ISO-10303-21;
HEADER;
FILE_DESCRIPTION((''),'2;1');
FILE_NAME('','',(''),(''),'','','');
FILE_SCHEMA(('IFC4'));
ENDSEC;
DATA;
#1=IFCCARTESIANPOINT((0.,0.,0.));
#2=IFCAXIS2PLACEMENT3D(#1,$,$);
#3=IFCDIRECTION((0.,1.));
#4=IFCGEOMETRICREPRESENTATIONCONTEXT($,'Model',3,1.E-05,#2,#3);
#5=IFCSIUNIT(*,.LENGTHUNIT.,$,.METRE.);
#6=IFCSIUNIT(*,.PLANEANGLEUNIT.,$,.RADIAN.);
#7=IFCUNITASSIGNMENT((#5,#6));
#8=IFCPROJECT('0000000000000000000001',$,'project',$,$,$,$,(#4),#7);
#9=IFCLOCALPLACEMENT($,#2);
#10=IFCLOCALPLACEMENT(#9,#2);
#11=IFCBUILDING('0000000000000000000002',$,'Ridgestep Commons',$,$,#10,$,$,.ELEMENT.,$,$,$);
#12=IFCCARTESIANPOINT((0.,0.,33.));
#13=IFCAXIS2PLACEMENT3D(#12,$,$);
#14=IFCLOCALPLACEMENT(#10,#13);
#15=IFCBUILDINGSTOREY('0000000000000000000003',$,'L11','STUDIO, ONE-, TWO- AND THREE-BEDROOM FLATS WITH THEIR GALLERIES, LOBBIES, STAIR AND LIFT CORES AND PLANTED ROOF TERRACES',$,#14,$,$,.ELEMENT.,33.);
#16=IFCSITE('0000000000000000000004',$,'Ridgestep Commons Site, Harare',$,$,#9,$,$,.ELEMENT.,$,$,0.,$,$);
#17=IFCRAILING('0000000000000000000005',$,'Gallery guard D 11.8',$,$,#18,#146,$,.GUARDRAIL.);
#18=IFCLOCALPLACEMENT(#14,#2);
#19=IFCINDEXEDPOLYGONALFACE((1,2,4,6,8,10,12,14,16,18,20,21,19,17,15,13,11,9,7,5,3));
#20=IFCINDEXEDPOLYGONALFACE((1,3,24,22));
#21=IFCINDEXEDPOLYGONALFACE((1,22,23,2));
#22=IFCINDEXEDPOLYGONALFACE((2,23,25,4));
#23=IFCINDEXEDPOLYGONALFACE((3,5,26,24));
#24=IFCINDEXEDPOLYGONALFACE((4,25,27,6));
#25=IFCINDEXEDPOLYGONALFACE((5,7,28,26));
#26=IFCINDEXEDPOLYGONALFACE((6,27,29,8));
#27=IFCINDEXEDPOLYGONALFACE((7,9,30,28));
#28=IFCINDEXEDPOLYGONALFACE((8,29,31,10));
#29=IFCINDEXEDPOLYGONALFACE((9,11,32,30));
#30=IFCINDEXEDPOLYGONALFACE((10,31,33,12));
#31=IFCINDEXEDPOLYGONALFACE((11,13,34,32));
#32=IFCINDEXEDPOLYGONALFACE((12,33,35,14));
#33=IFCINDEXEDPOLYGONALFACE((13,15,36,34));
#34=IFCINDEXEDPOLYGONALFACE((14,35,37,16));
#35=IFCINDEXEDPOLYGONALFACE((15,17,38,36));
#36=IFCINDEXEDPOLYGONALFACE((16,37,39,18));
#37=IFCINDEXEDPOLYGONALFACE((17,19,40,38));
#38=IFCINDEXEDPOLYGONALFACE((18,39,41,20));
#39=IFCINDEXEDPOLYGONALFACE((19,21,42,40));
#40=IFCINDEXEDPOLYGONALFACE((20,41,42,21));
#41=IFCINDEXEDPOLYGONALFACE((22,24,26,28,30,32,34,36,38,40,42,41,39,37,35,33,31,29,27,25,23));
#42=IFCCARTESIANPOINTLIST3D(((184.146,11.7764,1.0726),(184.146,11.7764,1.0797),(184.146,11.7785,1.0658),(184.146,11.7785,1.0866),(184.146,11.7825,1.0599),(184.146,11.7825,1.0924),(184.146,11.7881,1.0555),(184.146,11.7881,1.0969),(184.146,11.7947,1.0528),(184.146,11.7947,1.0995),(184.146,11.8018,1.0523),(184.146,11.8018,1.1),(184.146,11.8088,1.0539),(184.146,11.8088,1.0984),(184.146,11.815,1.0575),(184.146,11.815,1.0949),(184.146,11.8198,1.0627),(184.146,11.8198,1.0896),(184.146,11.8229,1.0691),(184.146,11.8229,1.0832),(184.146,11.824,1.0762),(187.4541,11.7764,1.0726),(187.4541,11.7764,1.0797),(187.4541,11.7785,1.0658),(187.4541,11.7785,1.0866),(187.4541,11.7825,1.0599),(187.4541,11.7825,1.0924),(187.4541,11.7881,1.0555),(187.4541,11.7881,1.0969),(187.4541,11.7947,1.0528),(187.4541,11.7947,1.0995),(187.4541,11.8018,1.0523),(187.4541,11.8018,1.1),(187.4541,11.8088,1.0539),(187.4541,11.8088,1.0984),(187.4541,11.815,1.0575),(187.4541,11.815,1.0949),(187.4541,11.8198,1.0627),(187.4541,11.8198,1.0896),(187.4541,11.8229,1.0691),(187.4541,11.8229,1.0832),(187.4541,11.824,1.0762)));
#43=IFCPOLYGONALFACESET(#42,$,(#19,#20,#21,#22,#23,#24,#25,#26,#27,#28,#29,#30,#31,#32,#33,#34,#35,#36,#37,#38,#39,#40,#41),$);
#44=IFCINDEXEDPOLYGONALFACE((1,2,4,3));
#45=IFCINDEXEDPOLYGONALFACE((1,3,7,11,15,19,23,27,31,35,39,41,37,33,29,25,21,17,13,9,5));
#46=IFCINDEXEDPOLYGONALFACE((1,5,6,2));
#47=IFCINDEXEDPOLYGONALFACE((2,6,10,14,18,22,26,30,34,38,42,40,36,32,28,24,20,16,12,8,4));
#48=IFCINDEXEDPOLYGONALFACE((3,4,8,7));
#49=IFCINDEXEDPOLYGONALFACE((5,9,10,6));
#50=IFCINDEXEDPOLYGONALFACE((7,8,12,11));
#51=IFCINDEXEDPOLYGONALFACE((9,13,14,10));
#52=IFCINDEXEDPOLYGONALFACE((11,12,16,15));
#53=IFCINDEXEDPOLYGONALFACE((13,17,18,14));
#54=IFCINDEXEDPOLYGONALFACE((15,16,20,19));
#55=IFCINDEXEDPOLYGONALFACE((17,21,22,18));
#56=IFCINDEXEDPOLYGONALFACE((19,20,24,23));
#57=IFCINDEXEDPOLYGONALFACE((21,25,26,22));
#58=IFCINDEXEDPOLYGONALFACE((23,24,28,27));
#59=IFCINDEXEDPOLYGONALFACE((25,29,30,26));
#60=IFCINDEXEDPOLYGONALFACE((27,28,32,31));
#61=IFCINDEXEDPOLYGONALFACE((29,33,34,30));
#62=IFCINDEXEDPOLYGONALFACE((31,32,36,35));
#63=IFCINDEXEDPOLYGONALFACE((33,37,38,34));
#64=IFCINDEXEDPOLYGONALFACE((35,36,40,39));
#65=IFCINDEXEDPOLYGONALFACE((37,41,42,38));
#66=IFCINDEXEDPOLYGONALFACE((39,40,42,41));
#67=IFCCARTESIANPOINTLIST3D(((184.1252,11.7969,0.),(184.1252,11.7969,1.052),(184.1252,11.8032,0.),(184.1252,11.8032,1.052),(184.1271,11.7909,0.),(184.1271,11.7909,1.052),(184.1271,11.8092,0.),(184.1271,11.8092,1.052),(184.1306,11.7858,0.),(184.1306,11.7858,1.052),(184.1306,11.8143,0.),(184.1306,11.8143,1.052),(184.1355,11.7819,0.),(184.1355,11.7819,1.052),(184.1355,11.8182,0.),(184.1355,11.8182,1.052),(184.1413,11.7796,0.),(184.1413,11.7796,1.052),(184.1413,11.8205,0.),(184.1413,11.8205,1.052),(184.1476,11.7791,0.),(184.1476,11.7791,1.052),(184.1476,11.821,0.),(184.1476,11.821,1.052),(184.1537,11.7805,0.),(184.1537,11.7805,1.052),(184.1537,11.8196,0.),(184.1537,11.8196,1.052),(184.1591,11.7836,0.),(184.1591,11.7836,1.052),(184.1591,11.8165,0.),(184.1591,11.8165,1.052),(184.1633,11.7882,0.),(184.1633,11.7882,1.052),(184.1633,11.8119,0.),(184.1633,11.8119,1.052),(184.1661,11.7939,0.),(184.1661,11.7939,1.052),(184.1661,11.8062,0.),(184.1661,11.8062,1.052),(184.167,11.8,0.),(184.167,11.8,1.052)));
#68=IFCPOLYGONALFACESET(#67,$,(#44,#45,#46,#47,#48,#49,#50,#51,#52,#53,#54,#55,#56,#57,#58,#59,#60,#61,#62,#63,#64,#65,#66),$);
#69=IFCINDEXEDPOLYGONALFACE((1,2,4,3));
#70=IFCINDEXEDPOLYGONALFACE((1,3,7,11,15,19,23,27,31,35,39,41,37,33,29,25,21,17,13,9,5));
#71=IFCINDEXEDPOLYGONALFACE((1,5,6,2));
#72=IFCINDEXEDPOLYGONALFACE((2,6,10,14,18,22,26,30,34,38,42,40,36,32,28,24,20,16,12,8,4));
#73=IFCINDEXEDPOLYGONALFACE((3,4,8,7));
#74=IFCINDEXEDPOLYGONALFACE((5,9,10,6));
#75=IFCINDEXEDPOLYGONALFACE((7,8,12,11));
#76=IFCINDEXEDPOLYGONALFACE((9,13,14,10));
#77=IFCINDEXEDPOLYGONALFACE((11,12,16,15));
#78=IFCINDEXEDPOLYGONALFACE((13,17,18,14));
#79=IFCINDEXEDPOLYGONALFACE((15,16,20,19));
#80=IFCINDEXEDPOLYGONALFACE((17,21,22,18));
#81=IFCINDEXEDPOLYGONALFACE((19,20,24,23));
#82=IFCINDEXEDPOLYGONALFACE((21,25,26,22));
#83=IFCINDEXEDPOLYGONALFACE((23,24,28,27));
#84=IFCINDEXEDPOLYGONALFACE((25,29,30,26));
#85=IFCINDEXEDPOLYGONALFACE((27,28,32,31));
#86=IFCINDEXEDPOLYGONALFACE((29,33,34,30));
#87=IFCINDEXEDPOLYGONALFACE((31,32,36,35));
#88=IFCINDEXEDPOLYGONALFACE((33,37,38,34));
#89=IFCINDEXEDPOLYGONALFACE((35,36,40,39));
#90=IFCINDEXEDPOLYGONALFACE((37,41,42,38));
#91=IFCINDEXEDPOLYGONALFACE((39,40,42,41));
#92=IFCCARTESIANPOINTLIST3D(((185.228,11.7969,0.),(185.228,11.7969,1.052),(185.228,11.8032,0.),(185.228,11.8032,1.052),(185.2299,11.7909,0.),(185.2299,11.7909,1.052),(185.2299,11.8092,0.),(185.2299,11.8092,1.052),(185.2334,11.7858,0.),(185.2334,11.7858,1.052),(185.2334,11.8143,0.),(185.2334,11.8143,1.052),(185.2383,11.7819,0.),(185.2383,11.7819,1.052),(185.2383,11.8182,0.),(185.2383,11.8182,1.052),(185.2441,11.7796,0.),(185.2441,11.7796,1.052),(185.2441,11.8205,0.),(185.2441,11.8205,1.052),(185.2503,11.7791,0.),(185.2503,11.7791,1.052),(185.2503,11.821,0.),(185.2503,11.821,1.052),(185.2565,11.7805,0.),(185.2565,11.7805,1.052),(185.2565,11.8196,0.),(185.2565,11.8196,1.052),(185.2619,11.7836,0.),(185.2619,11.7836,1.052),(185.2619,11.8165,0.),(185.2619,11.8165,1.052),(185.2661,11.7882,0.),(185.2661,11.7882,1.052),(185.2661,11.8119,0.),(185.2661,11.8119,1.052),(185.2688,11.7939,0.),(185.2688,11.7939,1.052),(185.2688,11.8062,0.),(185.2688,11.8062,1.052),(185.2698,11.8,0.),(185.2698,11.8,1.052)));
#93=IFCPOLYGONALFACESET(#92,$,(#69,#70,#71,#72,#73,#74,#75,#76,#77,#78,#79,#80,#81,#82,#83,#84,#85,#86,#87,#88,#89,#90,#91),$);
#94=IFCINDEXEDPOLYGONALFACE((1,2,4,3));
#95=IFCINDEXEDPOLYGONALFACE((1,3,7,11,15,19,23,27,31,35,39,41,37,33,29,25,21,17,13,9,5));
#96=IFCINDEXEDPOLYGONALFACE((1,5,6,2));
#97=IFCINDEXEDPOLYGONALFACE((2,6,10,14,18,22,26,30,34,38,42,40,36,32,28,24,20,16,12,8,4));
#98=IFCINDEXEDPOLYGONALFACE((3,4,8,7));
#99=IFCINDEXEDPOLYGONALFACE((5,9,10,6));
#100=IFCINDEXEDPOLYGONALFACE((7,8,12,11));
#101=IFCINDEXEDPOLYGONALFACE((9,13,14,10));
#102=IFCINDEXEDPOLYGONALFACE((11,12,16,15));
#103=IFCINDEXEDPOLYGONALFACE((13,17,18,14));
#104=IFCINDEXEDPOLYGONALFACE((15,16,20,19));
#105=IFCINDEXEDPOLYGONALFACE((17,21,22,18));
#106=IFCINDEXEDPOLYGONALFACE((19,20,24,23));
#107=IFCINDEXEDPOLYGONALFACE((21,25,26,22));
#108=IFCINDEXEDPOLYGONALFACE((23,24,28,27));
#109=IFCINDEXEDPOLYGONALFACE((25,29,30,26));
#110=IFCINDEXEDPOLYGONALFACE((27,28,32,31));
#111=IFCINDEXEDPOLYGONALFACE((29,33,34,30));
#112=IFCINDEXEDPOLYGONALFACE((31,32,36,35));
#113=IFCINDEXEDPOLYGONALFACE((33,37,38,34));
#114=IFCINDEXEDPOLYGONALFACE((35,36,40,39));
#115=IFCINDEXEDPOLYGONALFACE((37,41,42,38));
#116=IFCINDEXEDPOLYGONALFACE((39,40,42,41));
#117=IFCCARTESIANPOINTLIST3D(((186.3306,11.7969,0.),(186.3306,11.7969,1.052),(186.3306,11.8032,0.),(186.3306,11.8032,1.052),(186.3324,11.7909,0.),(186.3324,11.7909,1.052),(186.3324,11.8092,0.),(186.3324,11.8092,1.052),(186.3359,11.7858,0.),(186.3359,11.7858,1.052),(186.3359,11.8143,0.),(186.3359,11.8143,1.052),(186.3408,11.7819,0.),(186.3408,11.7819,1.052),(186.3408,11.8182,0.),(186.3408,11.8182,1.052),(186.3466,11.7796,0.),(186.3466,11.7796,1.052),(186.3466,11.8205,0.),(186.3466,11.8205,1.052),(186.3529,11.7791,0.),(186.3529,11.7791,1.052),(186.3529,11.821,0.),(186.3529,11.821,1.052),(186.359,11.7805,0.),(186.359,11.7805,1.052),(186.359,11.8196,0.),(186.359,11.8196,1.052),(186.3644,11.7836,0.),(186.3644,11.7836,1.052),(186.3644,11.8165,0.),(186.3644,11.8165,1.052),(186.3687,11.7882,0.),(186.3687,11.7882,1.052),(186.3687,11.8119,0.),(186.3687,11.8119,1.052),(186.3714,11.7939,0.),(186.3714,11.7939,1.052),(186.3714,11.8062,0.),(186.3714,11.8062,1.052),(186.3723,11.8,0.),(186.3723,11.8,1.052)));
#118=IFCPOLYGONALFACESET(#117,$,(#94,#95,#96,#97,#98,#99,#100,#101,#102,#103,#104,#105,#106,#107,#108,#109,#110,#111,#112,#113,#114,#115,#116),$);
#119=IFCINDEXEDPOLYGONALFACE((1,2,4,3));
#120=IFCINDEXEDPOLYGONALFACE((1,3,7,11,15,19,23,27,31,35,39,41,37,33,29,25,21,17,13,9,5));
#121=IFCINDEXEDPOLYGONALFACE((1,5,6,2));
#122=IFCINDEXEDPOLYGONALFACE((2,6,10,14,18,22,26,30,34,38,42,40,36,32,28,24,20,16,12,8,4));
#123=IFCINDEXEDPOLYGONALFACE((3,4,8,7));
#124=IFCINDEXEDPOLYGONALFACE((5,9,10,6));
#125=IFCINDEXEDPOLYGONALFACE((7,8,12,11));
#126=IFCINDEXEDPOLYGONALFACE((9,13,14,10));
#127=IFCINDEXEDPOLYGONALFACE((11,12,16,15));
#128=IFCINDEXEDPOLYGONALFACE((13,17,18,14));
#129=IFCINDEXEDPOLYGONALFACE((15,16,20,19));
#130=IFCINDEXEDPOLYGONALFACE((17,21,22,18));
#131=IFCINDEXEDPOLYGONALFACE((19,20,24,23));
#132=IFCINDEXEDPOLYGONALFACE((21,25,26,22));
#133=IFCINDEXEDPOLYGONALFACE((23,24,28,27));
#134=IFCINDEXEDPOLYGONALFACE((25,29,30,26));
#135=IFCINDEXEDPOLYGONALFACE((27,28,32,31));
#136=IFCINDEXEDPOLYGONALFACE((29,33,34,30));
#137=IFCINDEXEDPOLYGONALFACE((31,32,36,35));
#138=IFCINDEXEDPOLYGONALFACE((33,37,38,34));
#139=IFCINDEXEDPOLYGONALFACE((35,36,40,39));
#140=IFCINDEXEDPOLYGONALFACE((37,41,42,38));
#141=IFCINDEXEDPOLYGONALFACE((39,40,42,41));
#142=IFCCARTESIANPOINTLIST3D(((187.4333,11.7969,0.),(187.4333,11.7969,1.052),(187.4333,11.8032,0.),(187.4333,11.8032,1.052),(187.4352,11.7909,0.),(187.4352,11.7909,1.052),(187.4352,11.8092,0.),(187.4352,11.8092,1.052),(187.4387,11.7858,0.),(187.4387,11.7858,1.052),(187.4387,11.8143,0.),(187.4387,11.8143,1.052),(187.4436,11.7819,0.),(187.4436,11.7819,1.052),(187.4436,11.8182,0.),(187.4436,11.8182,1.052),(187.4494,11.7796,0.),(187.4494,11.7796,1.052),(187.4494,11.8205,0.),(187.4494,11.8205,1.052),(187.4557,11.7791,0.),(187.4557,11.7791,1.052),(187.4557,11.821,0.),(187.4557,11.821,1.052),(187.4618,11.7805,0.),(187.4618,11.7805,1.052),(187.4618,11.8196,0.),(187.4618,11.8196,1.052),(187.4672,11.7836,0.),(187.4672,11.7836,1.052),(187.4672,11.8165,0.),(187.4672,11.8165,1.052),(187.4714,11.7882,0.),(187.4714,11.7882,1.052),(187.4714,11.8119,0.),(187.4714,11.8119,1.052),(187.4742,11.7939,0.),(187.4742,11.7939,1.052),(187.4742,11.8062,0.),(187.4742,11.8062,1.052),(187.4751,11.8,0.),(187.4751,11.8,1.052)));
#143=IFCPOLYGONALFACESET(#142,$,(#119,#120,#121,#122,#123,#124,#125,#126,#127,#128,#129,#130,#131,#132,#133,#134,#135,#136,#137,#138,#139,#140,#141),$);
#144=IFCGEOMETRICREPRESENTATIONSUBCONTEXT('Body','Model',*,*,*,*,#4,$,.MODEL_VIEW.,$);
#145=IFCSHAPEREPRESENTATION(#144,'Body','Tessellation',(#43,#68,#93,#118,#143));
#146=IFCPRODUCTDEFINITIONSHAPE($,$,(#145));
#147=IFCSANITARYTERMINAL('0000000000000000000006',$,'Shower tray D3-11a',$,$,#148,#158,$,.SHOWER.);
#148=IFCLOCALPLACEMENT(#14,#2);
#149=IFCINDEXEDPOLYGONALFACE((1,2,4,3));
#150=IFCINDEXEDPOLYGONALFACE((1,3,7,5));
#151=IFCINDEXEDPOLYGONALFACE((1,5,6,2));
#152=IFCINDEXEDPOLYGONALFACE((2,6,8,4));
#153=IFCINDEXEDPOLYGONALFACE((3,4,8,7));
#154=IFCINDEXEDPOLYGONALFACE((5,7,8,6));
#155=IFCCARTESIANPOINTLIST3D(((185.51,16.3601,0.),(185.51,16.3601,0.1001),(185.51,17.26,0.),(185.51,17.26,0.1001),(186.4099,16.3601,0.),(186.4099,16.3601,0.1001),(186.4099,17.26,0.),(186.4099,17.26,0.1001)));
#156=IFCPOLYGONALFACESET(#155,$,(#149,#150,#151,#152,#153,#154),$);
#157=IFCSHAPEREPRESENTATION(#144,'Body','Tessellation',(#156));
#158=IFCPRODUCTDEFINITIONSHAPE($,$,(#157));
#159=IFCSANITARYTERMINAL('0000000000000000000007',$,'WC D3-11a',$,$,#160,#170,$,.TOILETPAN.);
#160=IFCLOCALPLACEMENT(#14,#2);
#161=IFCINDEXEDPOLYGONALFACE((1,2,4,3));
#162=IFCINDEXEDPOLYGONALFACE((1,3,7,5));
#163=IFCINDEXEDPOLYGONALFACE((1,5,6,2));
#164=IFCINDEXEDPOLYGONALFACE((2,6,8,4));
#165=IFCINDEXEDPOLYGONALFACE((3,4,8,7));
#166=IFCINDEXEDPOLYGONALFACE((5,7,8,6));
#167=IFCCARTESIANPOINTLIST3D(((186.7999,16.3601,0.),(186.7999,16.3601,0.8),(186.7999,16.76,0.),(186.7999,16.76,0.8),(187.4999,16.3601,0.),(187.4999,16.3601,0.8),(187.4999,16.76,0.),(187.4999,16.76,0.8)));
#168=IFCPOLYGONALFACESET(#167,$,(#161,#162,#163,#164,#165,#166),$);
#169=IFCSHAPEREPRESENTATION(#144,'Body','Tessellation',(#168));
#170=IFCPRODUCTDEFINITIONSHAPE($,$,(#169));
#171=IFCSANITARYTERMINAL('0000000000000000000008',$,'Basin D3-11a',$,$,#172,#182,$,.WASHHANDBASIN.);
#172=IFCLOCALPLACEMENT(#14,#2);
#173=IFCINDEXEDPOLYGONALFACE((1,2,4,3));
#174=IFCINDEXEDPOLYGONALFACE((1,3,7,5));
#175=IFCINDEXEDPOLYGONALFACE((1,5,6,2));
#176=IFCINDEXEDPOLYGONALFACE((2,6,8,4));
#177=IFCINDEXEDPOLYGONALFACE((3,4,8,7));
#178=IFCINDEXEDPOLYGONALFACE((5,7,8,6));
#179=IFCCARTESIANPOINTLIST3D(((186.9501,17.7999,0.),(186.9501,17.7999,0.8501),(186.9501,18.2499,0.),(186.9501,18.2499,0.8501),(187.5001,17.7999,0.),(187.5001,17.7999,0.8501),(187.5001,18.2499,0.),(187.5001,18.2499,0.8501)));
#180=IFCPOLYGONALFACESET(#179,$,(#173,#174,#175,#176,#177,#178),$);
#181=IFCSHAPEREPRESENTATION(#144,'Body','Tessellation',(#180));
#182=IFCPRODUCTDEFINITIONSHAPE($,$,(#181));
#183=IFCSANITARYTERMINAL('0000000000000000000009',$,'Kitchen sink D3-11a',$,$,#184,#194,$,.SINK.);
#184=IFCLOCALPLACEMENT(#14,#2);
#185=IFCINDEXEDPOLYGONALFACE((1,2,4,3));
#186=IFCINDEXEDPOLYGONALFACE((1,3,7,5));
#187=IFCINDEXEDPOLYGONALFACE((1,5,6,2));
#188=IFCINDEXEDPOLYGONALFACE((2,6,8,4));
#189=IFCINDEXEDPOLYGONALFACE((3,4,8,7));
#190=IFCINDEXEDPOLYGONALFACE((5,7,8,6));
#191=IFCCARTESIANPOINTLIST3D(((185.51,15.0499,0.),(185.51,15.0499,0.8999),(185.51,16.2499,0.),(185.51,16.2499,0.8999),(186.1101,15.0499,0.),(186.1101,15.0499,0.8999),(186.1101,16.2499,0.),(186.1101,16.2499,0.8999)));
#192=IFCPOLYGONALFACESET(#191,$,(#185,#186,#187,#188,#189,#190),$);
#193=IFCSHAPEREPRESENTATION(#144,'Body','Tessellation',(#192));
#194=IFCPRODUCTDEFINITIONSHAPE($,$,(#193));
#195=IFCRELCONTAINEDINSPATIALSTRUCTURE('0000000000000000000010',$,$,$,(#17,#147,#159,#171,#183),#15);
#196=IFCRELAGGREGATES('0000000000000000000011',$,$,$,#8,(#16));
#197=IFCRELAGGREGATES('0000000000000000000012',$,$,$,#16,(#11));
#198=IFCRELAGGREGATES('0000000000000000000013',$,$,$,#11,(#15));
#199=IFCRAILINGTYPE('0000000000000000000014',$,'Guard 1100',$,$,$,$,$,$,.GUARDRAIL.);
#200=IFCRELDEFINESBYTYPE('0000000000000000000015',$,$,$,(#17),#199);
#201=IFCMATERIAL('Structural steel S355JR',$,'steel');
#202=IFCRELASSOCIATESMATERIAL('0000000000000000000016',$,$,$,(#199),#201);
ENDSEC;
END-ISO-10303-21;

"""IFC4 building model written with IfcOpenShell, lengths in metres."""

from ifc_helpers import new_model, si_unit, direction, frame, origin, origin_2d, place, context, subcontext, project, spatial, rectangle, circle, extrude, material, type_object, element, save


model = new_model("IFC4")

# Units and contexts
model_context = context("Model", 3, precision=1e-05, world=origin(), true_north=direction((0.0, 1.0)))
body_context = subcontext(model_context, "Body", "Model", "MODEL_VIEW")
ifc_project = project(units=[si_unit("LENGTHUNIT", "METRE"), si_unit("PLANEANGLEUNIT", "RADIAN")], contexts=[model_context])

# Site, building, storey
site_placement = place(None, origin())
site = spatial("IfcSite", under=ifc_project, at=site_placement, Name="Ridgestep Commons Site, Harare", CompositionType="ELEMENT", RefElevation=0.0)
building_placement = place(site_placement, origin())
building = spatial("IfcBuilding", under=site, at=building_placement, Name="Ridgestep Commons", CompositionType="ELEMENT")
storey_placement = place(building_placement, frame((0.0, 0.0, 33.0)))
storey = spatial("IfcBuildingStorey", under=building, at=storey_placement, Name="L11", Description="STUDIO, ONE-, TWO- AND THREE-BEDROOM FLATS WITH THEIR GALLERIES, LOBBIES, STAIR AND LIFT CORES AND PLANTED ROOF TERRACES", CompositionType="ELEMENT", Elevation=33.0)

# Railing
ifc_material_1 = material(Name="Structural steel S355JR", Category="steel")
railing_type = type_object("IfcRailingType", Name="Guard 1100", PredefinedType="GUARDRAIL", material=ifc_material_1)
railing_1_placement = place(storey_placement, frame((184.146, 11.8, 0.0)))
element("IfcRailing", 1, at=railing_1_placement, inside=storey, type_object=railing_type, Name="Gallery guard D 11.8", PredefinedType="GUARDRAIL", context=body_context, shape_type="SweptSolid", body=[
    extrude(circle(Radius=0.0239, at=origin_2d()), frame((0.0, 0.0, 1.0762), z_axis=(1.0, 0.0, 0.0), x_axis=(0.0, 1.0, 0.0)), (0.0, 0.0, 1.0), 3.3081),
    extrude(circle(Radius=0.021, at=origin_2d()), origin(), (0.0, 0.0, 1.0), 1.052),
    extrude(circle(Radius=0.021, at=origin_2d()), frame((1.1028, 0.0, 0.0)), (0.0, 0.0, 1.0), 1.052),
    extrude(circle(Radius=0.021, at=origin_2d()), frame((2.2053, 0.0, 0.0)), (0.0, 0.0, 1.0), 1.052),
    extrude(circle(Radius=0.021, at=origin_2d()), frame((3.3081, 0.0, 0.0)), (0.0, 0.0, 1.0), 1.052),
])

# Sanitary terminals
sanitary_terminal_1_placement = place(storey_placement, frame((185.96, 16.8101, 0.0), z_axis=(0.0, 0.0, 1.0), x_axis=(1.0, 0.0, 0.0)))
element("IfcSanitaryTerminal", 2, at=sanitary_terminal_1_placement, inside=storey, Name="Shower tray D3-11a", PredefinedType="SHOWER", context=body_context, shape_type="SweptSolid", body=[
    extrude(rectangle(XDim=0.8999, YDim=0.8999, at=origin_2d()), origin(), (0.0, 0.0, 1.0), 0.1001),
])
sanitary_terminal_2_placement = place(storey_placement, frame((187.1499, 16.5601, 0.0), z_axis=(0.0, 0.0, 1.0), x_axis=(1.0, 0.0, 0.0)))
element("IfcSanitaryTerminal", 3, at=sanitary_terminal_2_placement, inside=storey, Name="WC D3-11a", PredefinedType="TOILETPAN", context=body_context, shape_type="SweptSolid", body=[
    extrude(rectangle(XDim=0.7, YDim=0.3999, at=origin_2d()), origin(), (0.0, 0.0, 1.0), 0.8),
])
sanitary_terminal_3_placement = place(storey_placement, frame((187.2251, 18.0249, 0.0), z_axis=(0.0, 0.0, 1.0), x_axis=(1.0, 0.0, 0.0)))
element("IfcSanitaryTerminal", 4, at=sanitary_terminal_3_placement, inside=storey, Name="Basin D3-11a", PredefinedType="WASHHANDBASIN", context=body_context, shape_type="SweptSolid", body=[
    extrude(rectangle(XDim=0.55, YDim=0.45, at=origin_2d()), origin(), (0.0, 0.0, 1.0), 0.8501),
])
sanitary_terminal_4_placement = place(storey_placement, frame((185.8101, 15.6499, 0.0), z_axis=(0.0, 0.0, 1.0), x_axis=(1.0, 0.0, 0.0)))
element("IfcSanitaryTerminal", 5, at=sanitary_terminal_4_placement, inside=storey, Name="Kitchen sink D3-11a", PredefinedType="SINK", context=body_context, shape_type="SweptSolid", body=[
    extrude(rectangle(XDim=0.6001, YDim=1.2, at=origin_2d()), origin(), (0.0, 0.0, 1.0), 0.8999),
])

save(model, "model.ifc")
